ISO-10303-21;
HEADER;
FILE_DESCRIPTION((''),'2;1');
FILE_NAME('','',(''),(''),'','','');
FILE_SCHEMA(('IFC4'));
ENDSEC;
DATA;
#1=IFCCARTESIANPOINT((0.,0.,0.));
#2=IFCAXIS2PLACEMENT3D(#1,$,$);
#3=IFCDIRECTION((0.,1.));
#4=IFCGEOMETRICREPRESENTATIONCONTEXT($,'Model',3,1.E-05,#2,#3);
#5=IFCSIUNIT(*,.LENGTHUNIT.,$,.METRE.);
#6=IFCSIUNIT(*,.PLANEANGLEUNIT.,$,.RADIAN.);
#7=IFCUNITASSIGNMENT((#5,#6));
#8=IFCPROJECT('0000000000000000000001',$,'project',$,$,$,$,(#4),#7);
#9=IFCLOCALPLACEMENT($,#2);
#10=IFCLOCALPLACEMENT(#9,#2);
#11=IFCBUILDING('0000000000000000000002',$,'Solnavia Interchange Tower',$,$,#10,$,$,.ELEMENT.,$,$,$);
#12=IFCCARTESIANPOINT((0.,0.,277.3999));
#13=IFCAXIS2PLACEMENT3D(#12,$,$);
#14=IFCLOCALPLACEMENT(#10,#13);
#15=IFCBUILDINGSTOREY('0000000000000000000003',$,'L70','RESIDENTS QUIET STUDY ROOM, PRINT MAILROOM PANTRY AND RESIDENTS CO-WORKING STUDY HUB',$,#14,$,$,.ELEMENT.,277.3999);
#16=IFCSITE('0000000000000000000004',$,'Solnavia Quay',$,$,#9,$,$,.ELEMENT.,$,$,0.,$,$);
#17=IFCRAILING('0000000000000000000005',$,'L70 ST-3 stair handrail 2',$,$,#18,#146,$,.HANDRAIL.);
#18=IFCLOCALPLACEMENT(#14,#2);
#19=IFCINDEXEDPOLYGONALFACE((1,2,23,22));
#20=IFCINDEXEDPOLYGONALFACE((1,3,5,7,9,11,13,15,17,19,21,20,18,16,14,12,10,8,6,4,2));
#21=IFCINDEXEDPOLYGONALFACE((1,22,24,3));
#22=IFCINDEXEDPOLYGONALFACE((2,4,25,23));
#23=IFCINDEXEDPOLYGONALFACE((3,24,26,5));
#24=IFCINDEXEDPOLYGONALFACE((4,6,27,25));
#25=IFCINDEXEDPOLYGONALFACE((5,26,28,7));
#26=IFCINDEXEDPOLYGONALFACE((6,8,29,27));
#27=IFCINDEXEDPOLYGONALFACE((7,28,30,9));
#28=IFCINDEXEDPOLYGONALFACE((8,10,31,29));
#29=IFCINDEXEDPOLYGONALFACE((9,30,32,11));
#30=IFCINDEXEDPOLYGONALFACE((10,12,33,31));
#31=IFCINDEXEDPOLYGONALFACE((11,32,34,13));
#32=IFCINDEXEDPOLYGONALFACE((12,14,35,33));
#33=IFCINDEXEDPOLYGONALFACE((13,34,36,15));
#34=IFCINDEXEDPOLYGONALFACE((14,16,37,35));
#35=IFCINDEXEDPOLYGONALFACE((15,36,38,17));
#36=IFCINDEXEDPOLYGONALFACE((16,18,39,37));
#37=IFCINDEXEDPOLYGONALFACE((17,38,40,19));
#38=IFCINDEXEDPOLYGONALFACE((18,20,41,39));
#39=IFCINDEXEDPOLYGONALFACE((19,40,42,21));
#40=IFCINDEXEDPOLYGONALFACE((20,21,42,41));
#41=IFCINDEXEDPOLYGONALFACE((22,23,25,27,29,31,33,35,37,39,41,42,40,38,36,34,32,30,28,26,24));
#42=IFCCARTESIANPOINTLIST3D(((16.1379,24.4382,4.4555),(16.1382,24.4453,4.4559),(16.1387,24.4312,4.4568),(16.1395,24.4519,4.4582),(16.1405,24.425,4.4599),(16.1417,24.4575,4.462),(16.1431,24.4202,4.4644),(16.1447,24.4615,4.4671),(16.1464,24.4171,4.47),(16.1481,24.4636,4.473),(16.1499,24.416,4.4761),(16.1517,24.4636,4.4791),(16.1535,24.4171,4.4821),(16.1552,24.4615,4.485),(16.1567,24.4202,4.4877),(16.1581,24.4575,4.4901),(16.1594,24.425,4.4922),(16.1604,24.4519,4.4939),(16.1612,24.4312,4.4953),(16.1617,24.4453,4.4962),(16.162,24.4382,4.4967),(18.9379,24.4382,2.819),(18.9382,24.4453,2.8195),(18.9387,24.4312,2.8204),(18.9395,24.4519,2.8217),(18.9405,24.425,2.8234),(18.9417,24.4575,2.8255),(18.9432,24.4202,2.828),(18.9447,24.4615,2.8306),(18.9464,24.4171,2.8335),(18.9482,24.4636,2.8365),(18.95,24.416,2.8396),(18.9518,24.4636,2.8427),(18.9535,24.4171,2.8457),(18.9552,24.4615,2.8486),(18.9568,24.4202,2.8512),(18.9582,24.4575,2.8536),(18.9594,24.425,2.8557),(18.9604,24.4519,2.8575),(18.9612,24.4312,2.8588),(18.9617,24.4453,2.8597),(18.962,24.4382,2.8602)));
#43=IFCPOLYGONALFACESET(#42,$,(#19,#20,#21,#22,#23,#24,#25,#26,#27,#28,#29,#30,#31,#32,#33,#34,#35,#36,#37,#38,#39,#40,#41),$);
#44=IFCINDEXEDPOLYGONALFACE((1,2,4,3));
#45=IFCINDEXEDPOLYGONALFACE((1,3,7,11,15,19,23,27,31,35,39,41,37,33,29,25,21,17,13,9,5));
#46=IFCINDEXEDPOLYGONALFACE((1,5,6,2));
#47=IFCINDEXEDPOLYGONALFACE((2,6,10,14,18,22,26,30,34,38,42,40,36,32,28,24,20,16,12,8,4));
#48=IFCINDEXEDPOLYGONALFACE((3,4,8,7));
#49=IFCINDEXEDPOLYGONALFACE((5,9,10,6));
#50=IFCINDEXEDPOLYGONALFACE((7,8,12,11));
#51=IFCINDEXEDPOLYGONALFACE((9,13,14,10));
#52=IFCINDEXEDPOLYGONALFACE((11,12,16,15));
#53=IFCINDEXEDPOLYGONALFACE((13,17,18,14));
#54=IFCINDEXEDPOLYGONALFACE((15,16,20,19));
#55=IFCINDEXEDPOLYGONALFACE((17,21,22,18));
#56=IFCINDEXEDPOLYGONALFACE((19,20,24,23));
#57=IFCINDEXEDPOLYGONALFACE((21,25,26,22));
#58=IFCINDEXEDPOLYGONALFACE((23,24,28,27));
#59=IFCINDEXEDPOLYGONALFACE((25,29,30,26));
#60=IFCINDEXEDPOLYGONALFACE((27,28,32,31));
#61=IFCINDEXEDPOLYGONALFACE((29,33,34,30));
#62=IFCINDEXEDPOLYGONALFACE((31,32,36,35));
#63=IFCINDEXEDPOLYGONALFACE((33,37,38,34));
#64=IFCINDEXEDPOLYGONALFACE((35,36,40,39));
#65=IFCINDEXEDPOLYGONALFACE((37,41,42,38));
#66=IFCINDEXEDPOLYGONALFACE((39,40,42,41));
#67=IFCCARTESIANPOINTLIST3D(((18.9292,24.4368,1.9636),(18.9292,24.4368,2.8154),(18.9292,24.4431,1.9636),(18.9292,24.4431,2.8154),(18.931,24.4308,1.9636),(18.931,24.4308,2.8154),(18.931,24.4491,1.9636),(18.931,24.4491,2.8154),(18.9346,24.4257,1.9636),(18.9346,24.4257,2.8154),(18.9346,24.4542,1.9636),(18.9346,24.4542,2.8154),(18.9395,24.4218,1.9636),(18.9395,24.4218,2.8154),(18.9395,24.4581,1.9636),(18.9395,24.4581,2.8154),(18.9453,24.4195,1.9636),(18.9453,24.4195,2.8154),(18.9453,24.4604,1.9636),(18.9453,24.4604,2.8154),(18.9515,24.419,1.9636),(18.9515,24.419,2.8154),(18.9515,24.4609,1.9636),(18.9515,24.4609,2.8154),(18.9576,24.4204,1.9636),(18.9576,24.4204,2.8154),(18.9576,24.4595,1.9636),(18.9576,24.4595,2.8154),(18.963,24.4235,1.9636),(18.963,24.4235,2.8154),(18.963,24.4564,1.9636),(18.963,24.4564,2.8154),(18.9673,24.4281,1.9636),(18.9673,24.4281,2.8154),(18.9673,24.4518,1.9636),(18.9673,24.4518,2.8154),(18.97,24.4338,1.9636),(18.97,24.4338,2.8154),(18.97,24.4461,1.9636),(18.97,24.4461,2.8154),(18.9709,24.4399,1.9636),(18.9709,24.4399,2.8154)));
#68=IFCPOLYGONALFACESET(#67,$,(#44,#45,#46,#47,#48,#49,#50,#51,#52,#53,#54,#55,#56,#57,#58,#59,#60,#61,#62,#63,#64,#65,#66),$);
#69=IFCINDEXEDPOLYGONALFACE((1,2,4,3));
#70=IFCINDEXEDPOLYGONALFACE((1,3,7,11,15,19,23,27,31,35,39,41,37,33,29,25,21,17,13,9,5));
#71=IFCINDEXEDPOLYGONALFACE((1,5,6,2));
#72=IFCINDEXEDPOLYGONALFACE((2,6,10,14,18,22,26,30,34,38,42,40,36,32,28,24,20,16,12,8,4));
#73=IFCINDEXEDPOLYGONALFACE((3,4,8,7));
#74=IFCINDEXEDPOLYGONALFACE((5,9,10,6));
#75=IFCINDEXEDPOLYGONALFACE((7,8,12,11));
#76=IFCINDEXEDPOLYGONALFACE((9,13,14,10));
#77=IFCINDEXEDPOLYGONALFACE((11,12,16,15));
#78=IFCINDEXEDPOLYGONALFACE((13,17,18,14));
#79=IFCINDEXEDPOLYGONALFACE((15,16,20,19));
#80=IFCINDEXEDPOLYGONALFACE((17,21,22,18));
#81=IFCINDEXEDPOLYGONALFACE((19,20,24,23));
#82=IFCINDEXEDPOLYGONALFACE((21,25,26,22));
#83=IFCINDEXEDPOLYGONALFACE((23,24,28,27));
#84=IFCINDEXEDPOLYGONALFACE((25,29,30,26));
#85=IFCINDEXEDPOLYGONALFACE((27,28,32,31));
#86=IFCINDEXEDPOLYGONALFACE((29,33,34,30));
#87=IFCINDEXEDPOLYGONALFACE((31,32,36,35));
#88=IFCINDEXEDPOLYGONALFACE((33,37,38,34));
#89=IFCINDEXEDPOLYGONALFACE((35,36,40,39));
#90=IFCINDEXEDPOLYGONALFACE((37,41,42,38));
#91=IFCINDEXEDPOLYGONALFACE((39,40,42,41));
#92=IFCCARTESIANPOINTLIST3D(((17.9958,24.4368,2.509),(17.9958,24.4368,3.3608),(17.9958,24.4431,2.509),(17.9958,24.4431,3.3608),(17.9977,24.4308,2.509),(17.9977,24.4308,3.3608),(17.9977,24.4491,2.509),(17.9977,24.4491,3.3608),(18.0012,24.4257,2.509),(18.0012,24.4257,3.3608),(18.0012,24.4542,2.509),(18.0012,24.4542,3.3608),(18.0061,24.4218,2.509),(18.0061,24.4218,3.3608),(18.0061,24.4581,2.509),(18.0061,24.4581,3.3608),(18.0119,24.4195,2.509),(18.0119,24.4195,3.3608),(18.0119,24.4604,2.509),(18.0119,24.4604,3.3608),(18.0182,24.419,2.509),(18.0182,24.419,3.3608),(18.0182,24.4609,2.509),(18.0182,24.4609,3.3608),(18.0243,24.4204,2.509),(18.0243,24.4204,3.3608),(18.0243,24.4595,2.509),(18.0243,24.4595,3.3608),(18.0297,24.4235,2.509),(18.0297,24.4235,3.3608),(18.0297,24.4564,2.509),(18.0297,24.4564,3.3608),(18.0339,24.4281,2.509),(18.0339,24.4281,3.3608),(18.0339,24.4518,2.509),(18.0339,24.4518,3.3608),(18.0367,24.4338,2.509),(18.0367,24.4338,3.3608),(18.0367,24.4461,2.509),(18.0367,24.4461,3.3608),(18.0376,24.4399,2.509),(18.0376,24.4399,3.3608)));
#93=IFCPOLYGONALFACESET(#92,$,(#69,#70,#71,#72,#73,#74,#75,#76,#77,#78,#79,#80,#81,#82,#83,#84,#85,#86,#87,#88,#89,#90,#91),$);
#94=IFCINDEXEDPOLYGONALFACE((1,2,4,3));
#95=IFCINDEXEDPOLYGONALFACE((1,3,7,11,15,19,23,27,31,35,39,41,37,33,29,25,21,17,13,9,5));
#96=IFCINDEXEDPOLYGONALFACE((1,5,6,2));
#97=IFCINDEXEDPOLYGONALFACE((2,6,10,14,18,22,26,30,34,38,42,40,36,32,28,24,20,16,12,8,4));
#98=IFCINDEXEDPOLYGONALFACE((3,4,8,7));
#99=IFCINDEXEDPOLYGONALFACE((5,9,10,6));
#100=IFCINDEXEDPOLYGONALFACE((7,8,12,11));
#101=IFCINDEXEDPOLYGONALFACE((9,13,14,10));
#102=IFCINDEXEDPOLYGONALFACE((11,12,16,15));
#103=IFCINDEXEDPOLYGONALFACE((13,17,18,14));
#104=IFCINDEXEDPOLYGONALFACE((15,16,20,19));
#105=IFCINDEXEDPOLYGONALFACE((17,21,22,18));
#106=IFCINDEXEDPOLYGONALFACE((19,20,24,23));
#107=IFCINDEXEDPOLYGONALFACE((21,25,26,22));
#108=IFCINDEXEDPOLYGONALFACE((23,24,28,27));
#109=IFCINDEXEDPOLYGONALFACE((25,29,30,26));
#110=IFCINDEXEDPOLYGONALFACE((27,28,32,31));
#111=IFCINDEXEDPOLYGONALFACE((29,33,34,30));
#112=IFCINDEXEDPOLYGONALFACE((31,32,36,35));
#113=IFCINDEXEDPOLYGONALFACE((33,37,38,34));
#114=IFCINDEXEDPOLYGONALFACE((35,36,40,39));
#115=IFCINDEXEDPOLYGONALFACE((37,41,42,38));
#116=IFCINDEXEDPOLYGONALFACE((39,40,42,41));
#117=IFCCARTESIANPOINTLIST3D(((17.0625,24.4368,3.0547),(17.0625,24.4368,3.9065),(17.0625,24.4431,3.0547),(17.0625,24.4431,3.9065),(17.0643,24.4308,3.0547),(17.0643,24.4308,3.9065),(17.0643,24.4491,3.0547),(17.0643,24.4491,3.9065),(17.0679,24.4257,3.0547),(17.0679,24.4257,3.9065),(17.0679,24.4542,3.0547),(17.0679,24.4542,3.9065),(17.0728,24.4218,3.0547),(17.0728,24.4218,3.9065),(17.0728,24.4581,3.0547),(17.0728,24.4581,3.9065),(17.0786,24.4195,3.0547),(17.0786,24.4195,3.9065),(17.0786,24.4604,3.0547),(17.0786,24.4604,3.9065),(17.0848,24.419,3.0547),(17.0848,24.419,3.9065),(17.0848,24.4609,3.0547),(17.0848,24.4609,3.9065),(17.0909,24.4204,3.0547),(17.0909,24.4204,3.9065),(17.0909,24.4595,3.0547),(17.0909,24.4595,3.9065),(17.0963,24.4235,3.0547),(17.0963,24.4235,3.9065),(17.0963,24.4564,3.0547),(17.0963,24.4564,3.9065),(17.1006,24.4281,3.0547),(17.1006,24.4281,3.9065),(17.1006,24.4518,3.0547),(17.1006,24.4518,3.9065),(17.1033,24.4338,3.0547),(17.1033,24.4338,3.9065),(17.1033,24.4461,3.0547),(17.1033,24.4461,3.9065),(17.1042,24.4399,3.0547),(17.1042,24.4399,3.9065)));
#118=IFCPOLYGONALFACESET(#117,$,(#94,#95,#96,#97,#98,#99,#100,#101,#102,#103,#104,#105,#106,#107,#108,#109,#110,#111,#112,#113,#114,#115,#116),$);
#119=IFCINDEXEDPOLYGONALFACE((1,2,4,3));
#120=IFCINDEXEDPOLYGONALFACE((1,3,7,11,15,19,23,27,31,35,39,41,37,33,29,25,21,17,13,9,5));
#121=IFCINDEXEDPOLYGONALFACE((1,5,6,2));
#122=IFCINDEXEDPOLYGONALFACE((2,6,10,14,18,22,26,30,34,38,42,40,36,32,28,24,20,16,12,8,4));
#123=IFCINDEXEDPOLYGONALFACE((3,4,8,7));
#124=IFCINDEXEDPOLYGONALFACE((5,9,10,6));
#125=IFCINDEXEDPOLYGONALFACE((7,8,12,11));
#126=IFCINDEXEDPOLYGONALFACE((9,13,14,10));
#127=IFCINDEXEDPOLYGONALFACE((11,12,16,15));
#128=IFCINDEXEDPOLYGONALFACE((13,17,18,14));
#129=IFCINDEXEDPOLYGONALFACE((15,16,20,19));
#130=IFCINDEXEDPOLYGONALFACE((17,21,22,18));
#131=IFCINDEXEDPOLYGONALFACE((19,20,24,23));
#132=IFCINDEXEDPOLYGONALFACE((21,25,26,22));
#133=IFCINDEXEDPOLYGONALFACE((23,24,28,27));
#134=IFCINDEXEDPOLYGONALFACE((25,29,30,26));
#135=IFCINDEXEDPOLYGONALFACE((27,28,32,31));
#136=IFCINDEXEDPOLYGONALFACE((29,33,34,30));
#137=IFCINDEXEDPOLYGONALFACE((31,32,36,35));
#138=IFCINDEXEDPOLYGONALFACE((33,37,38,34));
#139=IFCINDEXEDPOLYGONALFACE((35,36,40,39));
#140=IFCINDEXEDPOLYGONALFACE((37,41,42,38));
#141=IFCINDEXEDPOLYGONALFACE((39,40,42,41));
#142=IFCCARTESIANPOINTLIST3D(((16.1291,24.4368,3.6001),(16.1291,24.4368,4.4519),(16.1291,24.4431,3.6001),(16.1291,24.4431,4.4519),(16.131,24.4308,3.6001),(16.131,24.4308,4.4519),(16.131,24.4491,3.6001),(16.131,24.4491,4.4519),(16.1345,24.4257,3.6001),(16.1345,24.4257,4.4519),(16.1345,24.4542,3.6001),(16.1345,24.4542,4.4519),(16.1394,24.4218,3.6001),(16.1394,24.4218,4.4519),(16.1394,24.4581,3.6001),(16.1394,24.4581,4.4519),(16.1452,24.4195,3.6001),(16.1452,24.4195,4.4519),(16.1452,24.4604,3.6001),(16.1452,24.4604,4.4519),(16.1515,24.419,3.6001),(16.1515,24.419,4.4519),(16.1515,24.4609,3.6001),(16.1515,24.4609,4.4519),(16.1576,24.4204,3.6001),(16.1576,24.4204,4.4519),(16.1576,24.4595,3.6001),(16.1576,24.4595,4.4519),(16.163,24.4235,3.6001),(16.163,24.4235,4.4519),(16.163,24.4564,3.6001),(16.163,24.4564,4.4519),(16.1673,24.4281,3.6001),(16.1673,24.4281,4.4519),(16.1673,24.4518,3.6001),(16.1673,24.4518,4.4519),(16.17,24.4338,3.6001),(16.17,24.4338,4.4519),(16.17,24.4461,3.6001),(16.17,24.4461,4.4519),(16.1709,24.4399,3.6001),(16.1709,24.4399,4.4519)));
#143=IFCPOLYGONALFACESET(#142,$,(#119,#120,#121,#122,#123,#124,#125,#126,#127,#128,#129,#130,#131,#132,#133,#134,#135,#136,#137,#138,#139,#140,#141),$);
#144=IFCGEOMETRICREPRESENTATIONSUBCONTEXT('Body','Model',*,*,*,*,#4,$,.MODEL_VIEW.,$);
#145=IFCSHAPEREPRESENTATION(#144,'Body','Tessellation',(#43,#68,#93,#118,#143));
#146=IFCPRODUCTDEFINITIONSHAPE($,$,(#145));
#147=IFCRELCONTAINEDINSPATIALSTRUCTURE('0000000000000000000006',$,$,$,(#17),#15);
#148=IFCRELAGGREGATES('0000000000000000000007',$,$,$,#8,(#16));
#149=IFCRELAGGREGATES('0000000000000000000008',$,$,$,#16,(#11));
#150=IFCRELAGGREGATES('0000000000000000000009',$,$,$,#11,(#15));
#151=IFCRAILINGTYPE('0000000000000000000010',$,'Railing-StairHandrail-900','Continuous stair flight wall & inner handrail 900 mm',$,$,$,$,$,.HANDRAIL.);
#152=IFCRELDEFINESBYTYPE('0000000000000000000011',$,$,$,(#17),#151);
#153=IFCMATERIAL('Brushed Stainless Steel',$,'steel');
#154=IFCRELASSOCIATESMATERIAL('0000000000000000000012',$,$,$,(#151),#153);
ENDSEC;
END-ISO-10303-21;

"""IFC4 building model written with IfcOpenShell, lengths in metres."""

from ifc_helpers import new_model, si_unit, direction, frame, origin, origin_2d, place, context, subcontext, project, spatial, circle, extrude, material, type_object, element, save


model = new_model("IFC4")

# Units and contexts
model_context = context("Model", 3, precision=1e-05, world=origin(), true_north=direction((0.0, 1.0)))
body_context = subcontext(model_context, "Body", "Model", "MODEL_VIEW")
ifc_project = project(units=[si_unit("LENGTHUNIT", "METRE"), si_unit("PLANEANGLEUNIT", "RADIAN")], contexts=[model_context])

# Site, building, storey
site_placement = place(None, origin())
site = spatial("IfcSite", under=ifc_project, at=site_placement, Name="Solnavia Quay", CompositionType="ELEMENT", RefElevation=0.0)
building_placement = place(site_placement, origin())
building = spatial("IfcBuilding", under=site, at=building_placement, Name="Solnavia Interchange Tower", CompositionType="ELEMENT")
storey_placement = place(building_placement, frame((0.0, 0.0, 277.3999)))
storey = spatial("IfcBuildingStorey", under=building, at=storey_placement, Name="L70", Description="RESIDENTS QUIET STUDY ROOM, PRINT MAILROOM PANTRY AND RESIDENTS CO-WORKING STUDY HUB", CompositionType="ELEMENT", Elevation=277.3999)

# Railing
ifc_material_1 = material(Name="Brushed Stainless Steel", Category="steel")
railing_type_1 = type_object("IfcRailingType", Name="Railing-StairHandrail-900", Description="Continuous stair flight wall & inner handrail 900 mm", PredefinedType="HANDRAIL", material=ifc_material_1)
railing_1_placement = place(storey_placement, frame((18.95, 24.4399, 1.9636)))
element("IfcRailing", 1, at=railing_1_placement, inside=storey, type_object=railing_type_1, Name="L70 ST-3 stair handrail 2", PredefinedType="HANDRAIL", context=body_context, shape_type="SweptSolid", body=[
    extrude(circle(Radius=0.0239, at=origin_2d()), frame((0.0, 0.0, 0.876), z_axis=(-0.863361, 0.0, 0.504587), x_axis=(0.0, -1.0, 0.0)), (0.0, 0.0, 1.0), 3.2432),
    extrude(circle(Radius=0.021, at=origin_2d()), origin(), (0.0, 0.0, 1.0), 0.8518),
    extrude(circle(Radius=0.021, at=origin_2d()), frame((-0.9333, 0.0, 0.5454)), (0.0, 0.0, 1.0), 0.8518),
    extrude(circle(Radius=0.021, at=origin_2d()), frame((-1.8667, 0.0, 1.0911)), (0.0, 0.0, 1.0), 0.8518),
    extrude(circle(Radius=0.021, at=origin_2d()), frame((-2.8, 0.0, 1.6365)), (0.0, 0.0, 1.0), 0.8518),
])

save(model, "model.ifc")
